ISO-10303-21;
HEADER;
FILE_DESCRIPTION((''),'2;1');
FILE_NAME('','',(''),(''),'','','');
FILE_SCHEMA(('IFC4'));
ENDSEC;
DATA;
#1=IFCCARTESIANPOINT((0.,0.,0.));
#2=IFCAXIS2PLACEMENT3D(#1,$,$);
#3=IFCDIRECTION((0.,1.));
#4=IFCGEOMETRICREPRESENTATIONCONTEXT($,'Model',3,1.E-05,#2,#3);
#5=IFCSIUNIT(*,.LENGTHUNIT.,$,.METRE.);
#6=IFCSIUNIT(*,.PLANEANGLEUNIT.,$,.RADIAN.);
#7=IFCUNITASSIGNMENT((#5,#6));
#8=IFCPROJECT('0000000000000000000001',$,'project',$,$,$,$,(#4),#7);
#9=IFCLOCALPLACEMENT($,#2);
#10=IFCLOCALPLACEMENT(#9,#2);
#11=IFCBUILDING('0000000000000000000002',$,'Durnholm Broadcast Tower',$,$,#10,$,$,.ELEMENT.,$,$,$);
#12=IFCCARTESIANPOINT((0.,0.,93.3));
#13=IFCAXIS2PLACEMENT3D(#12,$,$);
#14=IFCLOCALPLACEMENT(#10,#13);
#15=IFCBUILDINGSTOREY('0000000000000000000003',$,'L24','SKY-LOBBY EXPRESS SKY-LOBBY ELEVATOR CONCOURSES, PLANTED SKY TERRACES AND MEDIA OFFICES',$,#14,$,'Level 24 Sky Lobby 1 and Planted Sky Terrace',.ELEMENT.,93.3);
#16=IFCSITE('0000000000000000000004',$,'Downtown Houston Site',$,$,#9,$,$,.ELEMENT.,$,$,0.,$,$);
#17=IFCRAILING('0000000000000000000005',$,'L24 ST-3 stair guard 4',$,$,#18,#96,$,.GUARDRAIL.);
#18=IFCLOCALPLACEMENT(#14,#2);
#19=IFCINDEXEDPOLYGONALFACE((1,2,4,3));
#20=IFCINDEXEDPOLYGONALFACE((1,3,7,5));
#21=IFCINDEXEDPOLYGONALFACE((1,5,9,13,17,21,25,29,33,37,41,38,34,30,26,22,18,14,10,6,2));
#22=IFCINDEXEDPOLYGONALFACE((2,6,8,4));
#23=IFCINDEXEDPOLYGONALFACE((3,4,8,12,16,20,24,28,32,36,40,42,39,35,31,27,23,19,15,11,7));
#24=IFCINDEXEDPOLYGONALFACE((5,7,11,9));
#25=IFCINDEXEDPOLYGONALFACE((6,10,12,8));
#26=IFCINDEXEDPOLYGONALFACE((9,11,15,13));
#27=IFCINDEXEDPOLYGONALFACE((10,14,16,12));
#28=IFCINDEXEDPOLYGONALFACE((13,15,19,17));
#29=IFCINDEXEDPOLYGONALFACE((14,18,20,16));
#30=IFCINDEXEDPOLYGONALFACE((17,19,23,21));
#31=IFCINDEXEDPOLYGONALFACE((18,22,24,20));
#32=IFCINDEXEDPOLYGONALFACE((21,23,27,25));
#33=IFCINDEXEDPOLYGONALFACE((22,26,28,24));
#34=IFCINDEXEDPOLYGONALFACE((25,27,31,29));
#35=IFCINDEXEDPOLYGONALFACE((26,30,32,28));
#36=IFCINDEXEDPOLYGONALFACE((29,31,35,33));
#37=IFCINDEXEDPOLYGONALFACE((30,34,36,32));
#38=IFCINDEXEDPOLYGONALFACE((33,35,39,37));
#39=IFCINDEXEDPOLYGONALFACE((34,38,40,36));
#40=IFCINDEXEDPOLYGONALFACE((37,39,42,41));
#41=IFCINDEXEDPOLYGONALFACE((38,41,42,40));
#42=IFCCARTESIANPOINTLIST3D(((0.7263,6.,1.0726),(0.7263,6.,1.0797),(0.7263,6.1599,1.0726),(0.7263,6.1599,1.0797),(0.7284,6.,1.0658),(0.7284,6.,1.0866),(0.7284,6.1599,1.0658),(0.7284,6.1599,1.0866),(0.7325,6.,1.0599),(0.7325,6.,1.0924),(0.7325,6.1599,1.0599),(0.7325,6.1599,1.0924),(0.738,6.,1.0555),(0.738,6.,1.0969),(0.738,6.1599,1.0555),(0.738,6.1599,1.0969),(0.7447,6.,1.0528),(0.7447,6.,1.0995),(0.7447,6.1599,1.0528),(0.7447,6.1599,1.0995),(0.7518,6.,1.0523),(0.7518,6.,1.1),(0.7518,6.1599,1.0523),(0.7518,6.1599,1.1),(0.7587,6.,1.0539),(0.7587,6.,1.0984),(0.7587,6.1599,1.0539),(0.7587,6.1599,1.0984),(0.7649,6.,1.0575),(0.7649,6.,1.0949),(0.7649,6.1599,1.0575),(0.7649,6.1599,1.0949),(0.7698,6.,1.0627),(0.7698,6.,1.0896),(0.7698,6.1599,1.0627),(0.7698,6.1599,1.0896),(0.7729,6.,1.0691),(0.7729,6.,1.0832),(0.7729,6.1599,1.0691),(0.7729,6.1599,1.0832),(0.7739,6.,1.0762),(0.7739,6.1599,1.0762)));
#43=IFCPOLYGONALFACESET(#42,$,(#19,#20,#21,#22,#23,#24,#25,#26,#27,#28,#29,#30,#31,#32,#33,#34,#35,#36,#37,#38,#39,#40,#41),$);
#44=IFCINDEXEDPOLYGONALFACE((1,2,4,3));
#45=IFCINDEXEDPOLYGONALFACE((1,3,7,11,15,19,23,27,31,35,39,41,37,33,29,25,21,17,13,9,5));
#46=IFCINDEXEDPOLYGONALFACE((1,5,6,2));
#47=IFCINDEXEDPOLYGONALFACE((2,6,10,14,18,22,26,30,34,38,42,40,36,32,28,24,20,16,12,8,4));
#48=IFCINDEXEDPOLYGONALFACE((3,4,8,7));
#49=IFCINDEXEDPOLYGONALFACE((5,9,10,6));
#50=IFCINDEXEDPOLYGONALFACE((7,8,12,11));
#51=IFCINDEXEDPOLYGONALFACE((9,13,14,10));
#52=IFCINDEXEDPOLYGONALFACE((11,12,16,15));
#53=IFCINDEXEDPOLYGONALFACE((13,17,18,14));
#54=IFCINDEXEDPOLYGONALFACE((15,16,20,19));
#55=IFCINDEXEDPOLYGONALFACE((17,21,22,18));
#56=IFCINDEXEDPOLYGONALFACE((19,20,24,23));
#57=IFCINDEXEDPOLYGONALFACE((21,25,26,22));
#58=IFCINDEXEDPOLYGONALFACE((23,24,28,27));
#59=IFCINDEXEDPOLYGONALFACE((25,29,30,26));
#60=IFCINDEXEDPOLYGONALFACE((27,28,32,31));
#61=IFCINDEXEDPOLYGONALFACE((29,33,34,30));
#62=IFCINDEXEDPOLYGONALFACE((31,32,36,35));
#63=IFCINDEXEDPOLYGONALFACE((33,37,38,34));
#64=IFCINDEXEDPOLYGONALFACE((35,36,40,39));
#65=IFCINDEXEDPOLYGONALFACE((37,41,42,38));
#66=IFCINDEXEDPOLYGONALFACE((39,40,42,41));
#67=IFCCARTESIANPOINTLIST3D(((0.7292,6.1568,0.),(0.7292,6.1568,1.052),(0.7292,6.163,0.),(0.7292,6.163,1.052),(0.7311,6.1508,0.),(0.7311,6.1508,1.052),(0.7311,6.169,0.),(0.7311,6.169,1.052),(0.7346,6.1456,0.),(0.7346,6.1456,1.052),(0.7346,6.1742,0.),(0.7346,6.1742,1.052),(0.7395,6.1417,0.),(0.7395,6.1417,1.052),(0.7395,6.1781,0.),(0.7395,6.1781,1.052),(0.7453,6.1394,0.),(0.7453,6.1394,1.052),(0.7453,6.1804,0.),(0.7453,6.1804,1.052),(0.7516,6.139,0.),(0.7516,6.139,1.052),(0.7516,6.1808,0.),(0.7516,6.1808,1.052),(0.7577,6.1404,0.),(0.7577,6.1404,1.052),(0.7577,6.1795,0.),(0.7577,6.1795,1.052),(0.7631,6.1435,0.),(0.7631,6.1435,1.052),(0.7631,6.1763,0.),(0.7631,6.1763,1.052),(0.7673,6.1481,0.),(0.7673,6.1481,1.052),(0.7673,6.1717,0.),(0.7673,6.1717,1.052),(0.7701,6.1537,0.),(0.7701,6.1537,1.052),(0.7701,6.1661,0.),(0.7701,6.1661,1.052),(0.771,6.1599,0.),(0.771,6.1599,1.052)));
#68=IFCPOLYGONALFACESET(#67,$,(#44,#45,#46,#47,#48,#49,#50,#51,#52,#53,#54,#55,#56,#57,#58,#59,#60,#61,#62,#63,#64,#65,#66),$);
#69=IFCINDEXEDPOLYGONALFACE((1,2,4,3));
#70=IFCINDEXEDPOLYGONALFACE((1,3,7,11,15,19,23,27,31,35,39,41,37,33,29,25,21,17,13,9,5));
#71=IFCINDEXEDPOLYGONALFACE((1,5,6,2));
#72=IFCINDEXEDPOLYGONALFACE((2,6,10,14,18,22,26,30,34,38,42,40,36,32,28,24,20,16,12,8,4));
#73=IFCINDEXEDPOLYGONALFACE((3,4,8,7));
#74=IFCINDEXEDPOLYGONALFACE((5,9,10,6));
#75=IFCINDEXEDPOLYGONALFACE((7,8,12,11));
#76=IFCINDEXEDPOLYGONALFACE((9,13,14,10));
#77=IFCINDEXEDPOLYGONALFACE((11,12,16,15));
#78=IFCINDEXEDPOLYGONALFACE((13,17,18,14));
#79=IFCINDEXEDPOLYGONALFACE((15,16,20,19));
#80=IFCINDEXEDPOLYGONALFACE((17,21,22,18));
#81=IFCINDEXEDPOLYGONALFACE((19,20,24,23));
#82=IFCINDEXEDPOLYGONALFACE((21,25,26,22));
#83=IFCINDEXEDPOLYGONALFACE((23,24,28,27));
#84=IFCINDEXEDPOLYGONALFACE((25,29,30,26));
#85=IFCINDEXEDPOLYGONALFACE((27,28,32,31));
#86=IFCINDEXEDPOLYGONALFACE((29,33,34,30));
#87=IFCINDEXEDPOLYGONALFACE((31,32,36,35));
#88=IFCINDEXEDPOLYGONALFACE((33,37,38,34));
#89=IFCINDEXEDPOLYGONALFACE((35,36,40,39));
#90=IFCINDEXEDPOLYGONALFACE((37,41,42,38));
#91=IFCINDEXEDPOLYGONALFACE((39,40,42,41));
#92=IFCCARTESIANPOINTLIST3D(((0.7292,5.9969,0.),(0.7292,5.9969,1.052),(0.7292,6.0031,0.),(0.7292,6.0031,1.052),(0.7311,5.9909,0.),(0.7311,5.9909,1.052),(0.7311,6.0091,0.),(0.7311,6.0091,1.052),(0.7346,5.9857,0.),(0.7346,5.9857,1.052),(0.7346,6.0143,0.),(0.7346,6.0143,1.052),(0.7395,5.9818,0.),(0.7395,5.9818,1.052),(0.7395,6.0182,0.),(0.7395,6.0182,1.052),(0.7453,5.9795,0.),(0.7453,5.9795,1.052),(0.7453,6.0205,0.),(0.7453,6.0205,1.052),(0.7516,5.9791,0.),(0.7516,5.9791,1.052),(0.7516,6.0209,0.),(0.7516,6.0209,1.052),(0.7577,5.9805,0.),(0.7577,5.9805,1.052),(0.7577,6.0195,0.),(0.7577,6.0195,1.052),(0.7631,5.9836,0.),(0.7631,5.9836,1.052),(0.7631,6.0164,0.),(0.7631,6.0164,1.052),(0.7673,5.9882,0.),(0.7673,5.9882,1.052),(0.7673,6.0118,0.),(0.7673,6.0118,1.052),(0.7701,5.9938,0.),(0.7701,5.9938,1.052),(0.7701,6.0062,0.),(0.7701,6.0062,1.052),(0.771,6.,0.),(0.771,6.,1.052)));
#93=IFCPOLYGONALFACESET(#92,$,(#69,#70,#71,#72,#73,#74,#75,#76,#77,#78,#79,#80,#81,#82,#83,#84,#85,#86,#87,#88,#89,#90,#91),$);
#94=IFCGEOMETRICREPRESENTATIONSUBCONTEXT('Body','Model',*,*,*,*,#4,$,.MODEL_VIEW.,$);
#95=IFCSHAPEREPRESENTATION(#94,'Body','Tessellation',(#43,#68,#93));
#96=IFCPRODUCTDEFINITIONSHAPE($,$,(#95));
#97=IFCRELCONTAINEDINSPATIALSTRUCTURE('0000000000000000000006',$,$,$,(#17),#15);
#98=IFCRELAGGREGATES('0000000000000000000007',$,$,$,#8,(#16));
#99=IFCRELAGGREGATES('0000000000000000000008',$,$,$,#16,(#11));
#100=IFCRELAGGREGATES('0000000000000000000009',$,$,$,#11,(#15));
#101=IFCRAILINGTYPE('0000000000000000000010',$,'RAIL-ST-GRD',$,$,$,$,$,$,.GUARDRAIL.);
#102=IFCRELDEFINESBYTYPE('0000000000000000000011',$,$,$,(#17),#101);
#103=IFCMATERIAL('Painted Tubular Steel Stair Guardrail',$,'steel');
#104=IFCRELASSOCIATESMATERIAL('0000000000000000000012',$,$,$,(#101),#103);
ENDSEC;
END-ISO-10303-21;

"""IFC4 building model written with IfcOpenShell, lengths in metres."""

from ifc_helpers import new_model, si_unit, direction, frame, origin, origin_2d, place, context, subcontext, project, spatial, circle, extrude, material, type_object, element, save


model = new_model("IFC4")

# Units and contexts
model_context = context("Model", 3, precision=1e-05, world=origin(), true_north=direction((0.0, 1.0)))
body_context = subcontext(model_context, "Body", "Model", "MODEL_VIEW")
ifc_project = project(units=[si_unit("LENGTHUNIT", "METRE"), si_unit("PLANEANGLEUNIT", "RADIAN")], contexts=[model_context])

# Site, building, storey
site_placement = place(None, origin())
site = spatial("IfcSite", under=ifc_project, at=site_placement, Name="Downtown Houston Site", CompositionType="ELEMENT", RefElevation=0.0)
building_placement = place(site_placement, origin())
building = spatial("IfcBuilding", under=site, at=building_placement, Name="Durnholm Broadcast Tower", CompositionType="ELEMENT")
storey_placement = place(building_placement, frame((0.0, 0.0, 93.3)))
storey = spatial("IfcBuildingStorey", under=building, at=storey_placement, Name="L24", Description="SKY-LOBBY EXPRESS SKY-LOBBY ELEVATOR CONCOURSES, PLANTED SKY TERRACES AND MEDIA OFFICES", LongName="Level 24 Sky Lobby 1 and Planted Sky Terrace", CompositionType="ELEMENT", Elevation=93.3)

# Railing
ifc_material_1 = material(Name="Painted Tubular Steel Stair Guardrail", Category="steel")
railing_type_1 = type_object("IfcRailingType", Name="RAIL-ST-GRD", PredefinedType="GUARDRAIL", material=ifc_material_1)
railing_1_placement = place(storey_placement, frame((0.75, 6.1599, 0.0)))
element("IfcRailing", 1, at=railing_1_placement, inside=storey, type_object=railing_type_1, Name="L24 ST-3 stair guard 4", PredefinedType="GUARDRAIL", context=body_context, shape_type="SweptSolid", body=[
    extrude(circle(Radius=0.0239, at=origin_2d()), frame((0.0, 0.0, 1.0762), z_axis=(0.0, -1.0, 0.0), x_axis=(1.0, 0.0, 0.0)), (0.0, 0.0, 1.0), 0.1599),
    extrude(circle(Radius=0.021, at=origin_2d()), origin(), (0.0, 0.0, 1.0), 1.052),
    extrude(circle(Radius=0.021, at=origin_2d()), frame((0.0, -0.1599, 0.0)), (0.0, 0.0, 1.0), 1.052),
])

save(model, "model.ifc")
